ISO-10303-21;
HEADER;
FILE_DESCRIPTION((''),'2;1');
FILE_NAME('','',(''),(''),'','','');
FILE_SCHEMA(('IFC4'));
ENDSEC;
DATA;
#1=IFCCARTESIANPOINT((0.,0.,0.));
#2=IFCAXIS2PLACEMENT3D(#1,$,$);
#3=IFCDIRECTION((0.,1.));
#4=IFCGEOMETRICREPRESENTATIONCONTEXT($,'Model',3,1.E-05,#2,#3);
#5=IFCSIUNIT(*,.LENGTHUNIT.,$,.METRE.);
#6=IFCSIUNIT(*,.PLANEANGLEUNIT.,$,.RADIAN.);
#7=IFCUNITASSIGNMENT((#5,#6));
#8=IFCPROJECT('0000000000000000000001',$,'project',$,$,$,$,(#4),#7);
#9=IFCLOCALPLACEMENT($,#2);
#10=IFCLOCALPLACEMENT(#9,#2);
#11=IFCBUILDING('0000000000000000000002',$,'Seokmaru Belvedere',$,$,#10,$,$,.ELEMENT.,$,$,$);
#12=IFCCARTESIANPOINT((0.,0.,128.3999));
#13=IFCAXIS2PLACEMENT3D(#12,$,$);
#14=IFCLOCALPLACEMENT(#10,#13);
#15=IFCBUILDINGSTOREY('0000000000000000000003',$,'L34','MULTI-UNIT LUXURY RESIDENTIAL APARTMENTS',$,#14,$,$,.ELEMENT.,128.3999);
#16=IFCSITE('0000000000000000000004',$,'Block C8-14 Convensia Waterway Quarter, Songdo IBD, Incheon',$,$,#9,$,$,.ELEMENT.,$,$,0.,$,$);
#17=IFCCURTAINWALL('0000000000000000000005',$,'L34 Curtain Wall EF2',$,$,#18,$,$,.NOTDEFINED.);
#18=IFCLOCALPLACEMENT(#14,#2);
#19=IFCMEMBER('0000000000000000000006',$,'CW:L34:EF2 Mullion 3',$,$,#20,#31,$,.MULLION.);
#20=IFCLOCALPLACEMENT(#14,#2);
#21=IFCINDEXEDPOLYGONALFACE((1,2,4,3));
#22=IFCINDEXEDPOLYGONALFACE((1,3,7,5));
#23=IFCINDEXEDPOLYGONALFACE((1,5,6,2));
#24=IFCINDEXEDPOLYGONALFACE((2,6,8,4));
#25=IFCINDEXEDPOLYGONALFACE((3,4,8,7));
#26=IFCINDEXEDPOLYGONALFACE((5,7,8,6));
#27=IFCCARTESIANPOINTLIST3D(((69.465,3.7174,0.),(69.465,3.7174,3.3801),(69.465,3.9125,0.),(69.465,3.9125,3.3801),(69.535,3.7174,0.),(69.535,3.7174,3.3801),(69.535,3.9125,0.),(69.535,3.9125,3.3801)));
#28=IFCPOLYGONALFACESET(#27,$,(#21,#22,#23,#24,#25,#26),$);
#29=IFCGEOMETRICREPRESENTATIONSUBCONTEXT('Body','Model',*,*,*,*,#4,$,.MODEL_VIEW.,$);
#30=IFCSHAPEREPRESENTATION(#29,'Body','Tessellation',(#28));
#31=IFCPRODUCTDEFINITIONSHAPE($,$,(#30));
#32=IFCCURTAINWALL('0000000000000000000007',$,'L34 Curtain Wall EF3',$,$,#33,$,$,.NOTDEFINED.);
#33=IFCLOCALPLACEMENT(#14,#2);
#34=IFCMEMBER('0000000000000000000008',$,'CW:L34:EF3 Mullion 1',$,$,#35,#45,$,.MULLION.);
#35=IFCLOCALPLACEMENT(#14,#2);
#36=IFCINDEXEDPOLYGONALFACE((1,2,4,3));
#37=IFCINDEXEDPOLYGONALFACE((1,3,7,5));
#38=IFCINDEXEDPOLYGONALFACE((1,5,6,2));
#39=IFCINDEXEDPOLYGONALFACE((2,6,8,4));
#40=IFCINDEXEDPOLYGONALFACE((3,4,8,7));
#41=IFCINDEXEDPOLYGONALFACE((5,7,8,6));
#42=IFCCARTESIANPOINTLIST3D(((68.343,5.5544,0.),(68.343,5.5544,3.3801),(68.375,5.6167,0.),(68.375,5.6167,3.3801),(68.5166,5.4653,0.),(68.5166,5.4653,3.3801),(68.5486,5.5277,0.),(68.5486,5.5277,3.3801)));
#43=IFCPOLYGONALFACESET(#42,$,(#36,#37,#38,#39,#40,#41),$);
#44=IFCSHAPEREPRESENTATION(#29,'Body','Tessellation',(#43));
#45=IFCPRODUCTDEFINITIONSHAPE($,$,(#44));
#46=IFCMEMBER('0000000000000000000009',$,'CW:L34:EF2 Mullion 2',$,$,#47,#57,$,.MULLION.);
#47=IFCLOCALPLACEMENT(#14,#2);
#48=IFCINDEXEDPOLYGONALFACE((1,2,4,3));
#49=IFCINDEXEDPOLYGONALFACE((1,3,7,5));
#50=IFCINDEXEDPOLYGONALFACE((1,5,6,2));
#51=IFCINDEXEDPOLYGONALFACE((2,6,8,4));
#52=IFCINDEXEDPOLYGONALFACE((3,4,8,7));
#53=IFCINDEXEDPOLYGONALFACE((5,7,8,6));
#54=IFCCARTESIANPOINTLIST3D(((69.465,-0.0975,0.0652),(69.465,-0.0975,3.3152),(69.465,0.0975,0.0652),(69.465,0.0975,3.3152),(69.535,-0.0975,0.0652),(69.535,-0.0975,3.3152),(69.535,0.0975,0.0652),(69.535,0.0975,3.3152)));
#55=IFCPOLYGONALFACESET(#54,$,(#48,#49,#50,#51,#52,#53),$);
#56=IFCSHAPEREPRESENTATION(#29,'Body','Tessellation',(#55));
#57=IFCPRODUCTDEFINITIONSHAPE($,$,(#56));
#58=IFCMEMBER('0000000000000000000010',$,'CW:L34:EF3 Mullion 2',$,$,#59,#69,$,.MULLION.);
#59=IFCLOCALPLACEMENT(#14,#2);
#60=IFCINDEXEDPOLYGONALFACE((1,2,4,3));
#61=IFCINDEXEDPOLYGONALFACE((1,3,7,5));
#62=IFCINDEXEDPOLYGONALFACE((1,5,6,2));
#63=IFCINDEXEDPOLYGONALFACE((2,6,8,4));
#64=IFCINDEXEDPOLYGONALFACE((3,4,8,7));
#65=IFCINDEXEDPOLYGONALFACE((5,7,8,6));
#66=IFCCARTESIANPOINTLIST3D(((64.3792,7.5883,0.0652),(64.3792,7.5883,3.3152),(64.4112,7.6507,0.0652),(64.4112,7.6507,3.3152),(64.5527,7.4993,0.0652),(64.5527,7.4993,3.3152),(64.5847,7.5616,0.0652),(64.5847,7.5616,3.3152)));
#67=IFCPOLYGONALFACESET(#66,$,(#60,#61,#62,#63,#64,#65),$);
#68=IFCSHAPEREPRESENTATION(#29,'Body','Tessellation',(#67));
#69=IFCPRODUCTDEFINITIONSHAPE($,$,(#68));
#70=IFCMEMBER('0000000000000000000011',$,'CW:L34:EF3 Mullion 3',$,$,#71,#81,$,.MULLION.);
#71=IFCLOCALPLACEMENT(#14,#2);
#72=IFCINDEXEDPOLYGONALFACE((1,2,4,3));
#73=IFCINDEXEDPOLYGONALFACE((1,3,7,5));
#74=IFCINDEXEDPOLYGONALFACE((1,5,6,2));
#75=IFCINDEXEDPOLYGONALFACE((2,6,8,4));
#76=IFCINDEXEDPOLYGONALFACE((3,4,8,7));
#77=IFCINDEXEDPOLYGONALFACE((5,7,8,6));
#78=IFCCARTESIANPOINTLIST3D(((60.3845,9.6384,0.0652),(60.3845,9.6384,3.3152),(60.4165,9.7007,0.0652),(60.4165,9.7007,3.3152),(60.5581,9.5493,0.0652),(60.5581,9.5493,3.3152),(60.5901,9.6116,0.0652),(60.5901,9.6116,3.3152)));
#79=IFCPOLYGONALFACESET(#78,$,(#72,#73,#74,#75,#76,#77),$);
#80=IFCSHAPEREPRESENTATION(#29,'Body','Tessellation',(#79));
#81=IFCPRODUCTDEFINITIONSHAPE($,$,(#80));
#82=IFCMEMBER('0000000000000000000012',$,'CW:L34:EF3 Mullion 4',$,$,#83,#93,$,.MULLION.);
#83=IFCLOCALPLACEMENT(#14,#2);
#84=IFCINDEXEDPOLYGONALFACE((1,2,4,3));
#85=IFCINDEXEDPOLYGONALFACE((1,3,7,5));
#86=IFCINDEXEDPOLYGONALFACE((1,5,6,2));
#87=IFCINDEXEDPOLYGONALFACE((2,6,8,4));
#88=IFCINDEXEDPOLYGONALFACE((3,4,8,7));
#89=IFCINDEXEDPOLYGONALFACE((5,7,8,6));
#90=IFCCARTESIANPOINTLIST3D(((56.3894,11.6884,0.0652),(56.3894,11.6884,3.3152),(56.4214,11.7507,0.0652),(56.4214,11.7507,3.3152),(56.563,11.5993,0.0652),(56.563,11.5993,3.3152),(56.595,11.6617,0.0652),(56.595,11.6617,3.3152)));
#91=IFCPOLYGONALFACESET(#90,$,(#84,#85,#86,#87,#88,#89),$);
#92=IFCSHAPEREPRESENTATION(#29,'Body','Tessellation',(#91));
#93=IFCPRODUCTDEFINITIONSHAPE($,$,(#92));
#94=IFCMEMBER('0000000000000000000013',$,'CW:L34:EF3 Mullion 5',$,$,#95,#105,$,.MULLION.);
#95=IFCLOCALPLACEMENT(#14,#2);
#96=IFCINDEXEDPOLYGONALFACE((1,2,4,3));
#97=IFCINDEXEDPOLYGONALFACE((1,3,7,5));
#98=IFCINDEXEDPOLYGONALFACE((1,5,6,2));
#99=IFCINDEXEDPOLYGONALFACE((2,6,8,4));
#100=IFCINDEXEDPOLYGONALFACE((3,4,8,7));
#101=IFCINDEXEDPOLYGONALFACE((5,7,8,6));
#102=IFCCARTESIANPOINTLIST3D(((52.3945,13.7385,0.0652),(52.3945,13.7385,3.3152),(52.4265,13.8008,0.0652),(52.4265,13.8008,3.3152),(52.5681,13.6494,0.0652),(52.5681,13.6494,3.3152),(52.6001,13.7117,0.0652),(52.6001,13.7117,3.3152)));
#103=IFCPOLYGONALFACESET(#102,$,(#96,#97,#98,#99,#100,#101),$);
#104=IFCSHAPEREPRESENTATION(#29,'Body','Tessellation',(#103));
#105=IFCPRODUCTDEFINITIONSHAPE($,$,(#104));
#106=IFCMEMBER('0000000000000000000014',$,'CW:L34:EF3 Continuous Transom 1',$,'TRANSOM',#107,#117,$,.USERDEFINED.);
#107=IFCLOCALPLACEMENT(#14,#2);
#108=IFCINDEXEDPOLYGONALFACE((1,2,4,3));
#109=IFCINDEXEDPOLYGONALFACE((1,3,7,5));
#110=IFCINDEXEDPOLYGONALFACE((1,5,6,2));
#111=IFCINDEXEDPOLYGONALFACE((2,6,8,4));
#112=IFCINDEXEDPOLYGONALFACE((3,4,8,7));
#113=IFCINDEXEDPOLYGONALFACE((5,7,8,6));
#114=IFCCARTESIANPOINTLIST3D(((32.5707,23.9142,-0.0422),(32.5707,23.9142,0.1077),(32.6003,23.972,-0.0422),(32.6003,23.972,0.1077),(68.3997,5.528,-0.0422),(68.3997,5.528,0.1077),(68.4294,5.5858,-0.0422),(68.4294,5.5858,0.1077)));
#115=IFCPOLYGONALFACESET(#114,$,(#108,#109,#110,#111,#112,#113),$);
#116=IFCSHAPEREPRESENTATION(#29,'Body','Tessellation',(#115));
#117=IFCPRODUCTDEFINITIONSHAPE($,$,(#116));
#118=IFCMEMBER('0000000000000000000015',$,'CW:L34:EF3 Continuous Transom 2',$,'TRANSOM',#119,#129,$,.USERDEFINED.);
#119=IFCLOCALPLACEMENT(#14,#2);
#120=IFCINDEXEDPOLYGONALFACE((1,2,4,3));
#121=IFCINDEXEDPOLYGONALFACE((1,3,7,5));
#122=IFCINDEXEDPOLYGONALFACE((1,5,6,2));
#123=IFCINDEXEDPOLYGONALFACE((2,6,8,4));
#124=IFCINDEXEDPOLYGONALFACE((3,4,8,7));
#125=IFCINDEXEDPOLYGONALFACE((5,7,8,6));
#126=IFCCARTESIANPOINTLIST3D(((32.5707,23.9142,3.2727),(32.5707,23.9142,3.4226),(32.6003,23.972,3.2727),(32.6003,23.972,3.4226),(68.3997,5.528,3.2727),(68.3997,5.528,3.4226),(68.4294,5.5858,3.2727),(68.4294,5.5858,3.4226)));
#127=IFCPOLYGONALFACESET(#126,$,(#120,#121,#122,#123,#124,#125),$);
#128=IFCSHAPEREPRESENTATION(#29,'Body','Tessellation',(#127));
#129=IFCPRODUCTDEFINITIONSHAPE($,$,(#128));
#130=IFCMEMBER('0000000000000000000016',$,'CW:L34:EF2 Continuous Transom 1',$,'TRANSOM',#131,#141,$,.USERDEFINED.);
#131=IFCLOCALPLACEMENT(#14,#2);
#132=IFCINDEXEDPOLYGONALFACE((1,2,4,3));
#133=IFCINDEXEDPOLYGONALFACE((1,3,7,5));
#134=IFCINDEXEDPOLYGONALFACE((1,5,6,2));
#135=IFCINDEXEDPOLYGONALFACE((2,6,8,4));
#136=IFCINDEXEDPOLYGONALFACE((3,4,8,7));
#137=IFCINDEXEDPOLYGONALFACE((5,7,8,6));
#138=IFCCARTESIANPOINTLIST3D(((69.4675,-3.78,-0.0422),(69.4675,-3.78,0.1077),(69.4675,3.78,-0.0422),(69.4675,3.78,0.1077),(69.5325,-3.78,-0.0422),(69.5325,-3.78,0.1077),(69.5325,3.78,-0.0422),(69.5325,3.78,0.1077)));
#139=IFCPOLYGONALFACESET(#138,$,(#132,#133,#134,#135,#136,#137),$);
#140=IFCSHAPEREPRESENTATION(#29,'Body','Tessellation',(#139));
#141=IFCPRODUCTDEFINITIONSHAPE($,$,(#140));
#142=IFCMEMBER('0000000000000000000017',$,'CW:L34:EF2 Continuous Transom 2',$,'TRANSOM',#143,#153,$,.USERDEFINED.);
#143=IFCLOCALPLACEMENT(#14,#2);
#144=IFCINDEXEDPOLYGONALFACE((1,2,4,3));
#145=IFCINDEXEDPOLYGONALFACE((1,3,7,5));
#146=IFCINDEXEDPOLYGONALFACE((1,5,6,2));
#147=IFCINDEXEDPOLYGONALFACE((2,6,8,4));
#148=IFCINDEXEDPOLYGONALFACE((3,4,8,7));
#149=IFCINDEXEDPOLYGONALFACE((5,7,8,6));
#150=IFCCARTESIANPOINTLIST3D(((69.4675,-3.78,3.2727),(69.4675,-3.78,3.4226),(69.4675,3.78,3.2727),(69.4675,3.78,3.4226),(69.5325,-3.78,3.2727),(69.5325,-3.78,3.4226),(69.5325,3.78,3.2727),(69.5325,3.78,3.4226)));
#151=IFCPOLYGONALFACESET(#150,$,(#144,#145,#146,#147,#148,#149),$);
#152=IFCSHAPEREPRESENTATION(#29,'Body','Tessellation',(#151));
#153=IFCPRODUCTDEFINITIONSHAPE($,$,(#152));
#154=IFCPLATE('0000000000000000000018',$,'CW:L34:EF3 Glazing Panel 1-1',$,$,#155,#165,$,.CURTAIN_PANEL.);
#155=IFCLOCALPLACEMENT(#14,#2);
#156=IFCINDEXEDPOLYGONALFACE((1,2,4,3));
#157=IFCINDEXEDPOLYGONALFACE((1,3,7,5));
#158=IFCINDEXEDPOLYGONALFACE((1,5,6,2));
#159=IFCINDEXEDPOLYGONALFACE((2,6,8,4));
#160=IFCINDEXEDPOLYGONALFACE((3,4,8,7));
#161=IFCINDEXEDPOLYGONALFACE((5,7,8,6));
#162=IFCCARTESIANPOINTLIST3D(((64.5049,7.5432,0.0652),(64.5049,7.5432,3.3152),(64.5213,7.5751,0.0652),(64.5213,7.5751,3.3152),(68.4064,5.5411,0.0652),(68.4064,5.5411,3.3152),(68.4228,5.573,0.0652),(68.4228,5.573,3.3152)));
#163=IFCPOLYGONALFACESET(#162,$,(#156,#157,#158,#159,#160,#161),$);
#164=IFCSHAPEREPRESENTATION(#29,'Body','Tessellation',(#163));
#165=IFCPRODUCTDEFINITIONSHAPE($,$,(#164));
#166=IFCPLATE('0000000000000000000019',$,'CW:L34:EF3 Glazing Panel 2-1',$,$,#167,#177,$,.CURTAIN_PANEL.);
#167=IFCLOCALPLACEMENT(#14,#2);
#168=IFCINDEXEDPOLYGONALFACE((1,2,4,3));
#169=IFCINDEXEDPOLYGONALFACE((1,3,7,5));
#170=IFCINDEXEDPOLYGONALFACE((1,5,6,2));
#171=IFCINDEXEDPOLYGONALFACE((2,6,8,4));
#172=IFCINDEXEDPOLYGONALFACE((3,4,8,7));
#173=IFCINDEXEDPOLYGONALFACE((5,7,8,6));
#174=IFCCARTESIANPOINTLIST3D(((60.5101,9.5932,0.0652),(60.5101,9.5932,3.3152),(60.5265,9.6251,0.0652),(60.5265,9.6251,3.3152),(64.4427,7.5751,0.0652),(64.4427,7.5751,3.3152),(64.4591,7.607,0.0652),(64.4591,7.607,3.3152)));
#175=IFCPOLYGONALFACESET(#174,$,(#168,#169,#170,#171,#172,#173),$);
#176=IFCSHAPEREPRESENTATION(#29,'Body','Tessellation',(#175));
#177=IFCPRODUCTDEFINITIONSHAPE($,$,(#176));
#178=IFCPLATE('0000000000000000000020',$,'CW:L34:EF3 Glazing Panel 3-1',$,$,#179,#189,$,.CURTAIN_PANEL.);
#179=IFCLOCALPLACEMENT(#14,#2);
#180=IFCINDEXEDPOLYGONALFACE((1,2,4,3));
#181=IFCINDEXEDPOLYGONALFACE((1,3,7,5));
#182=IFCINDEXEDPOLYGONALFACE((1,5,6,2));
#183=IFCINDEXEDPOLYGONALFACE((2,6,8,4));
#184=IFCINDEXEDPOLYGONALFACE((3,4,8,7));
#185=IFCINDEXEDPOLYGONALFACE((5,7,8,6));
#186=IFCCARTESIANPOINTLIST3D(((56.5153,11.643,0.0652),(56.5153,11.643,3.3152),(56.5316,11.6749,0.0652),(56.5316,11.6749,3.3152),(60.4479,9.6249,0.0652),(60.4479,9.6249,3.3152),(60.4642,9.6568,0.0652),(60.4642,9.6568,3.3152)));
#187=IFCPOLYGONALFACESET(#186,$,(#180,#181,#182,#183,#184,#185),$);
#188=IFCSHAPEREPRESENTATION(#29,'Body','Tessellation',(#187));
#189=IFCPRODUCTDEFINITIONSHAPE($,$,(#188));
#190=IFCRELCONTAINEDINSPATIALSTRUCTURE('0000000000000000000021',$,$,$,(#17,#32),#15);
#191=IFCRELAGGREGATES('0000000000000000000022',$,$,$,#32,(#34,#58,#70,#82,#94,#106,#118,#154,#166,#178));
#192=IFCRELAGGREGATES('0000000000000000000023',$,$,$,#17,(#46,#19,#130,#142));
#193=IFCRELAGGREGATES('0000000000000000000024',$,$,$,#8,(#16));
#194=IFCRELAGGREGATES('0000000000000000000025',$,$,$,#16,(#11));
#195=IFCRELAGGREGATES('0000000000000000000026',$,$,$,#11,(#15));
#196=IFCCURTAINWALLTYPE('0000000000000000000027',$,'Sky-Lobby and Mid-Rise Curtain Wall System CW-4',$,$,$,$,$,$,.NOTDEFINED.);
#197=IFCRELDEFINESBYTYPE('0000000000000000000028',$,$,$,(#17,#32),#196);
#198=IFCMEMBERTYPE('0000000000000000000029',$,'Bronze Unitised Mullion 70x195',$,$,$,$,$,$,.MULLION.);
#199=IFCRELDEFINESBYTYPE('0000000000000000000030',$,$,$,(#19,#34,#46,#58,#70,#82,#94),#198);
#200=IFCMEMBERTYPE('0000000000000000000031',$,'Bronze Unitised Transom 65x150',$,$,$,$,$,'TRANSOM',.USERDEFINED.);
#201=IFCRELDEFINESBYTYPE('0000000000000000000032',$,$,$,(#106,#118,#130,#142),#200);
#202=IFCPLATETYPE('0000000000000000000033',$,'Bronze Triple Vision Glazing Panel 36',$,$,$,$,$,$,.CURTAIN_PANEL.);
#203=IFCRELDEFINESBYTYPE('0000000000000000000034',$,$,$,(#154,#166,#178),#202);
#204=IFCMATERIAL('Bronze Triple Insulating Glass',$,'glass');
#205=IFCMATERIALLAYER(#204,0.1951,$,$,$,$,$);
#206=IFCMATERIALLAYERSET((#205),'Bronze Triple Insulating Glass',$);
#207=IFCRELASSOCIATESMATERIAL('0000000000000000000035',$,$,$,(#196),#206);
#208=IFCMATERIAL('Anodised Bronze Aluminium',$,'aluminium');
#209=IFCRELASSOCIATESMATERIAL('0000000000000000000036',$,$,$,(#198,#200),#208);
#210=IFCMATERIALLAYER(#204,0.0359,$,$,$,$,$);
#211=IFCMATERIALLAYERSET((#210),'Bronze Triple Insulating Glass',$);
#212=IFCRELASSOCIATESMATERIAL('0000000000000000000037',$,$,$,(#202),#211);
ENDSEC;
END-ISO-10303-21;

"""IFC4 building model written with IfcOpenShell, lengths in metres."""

from ifc_helpers import new_model, si_unit, direction, frame, origin, origin_2d, place, context, subcontext, project, spatial, rectangle, extrude, source, transform, mapped, material, layer, layer_set, material_profile, profile_set, type_object, type_shapes, element, aggregate, save


model = new_model("IFC4")

# Units and contexts
model_context = context("Model", 3, precision=1e-05, world=origin(), true_north=direction((0.0, 1.0)))
body_context = subcontext(model_context, "Body", "Model", "MODEL_VIEW")
ifc_project = project(units=[si_unit("LENGTHUNIT", "METRE"), si_unit("PLANEANGLEUNIT", "RADIAN")], contexts=[model_context])

# Site, building, storey
site_placement = place(None, origin())
site = spatial("IfcSite", under=ifc_project, at=site_placement, Name="Block C8-14 Convensia Waterway Quarter, Songdo IBD, Incheon", CompositionType="ELEMENT", RefElevation=0.0)
building_placement = place(site_placement, origin())
building = spatial("IfcBuilding", under=site, at=building_placement, Name="Seokmaru Belvedere", CompositionType="ELEMENT")
storey_placement = place(building_placement, frame((0.0, 0.0, 128.3999)))
storey = spatial("IfcBuildingStorey", under=building, at=storey_placement, Name="L34", Description="MULTI-UNIT LUXURY RESIDENTIAL APARTMENTS", CompositionType="ELEMENT", Elevation=128.3999)

# Curtain wall, member
ifc_material_1 = material(Name="Bronze Triple Insulating Glass", Category="glass")
ifc_layer_1 = layer(ifc_material_1, 0.1951)
ifc_layer_set_1 = layer_set([ifc_layer_1], Name="Bronze Triple Insulating Glass")
curtain_wall_type = type_object("IfcCurtainWallType", Name="Sky-Lobby and Mid-Rise Curtain Wall System CW-4", PredefinedType="NOTDEFINED", material=ifc_layer_set_1)
curtain_wall_1_placement = place(storey_placement, origin())
curtain_wall_1 = element("IfcCurtainWall", 1, at=curtain_wall_1_placement, inside=storey, type_object=curtain_wall_type, Name="L34 Curtain Wall EF2", PredefinedType="NOTDEFINED")
ifc_material_2 = material(Name="Anodised Bronze Aluminium", Category="aluminium")
ifc_material_profile_1 = material_profile(ifc_material_2, rectangle(XDim=0.0701, YDim=0.1951, at=origin_2d()), Name="CW-M-70x195")
ifc_profile_set_1 = profile_set([ifc_material_profile_1], Name="Anodised Bronze Aluminium")
member_type_1 = type_object("IfcMemberType", Name="Bronze Unitised Mullion 70x195", PredefinedType="MULLION", material=ifc_profile_set_1)
shared_shape_1 = source(origin(), body_context, "Body", "SweptSolid", [
    extrude(rectangle(XDim=0.0701, YDim=0.1951, at=origin_2d()), origin(), (0.0, 0.0, 1.0), 3.3801),
])
member_1_placement = place(storey_placement, frame((69.5, 3.8149, 0.0), z_axis=(0.0, 0.0, 1.0), x_axis=(-1.0, 0.0, 0.0)))
member_1 = element("IfcMember", 2, at=member_1_placement, type_object=member_type_1, Name="CW:L34:EF2 Mullion 3", PredefinedType="MULLION", context=body_context, shape_type="MappedRepresentation", body=[
    mapped(shared_shape_1, transform((0.0, 0.0, 0.0), scale=1.0)),
])

# Curtain wall, member
curtain_wall_2_placement = place(storey_placement, origin())
curtain_wall_2 = element("IfcCurtainWall", 3, at=curtain_wall_2_placement, inside=storey, type_object=curtain_wall_type, Name="L34 Curtain Wall EF3", PredefinedType="NOTDEFINED")
member_2_placement = place(storey_placement, frame((68.4458, 5.541, 0.0), z_axis=(0.0, 0.0, 1.0), x_axis=(-0.456555, -0.889695, 0.0)))
member_2 = element("IfcMember", 4, at=member_2_placement, type_object=member_type_1, Name="CW:L34:EF3 Mullion 1", PredefinedType="MULLION", context=body_context, shape_type="MappedRepresentation", body=[
    mapped(shared_shape_1, transform((0.0, 0.0, 0.0), scale=1.0)),
])

# Members
shared_shape_2 = source(origin(), body_context, "Body", "SweptSolid", [
    extrude(rectangle(XDim=0.0701, YDim=0.1951, at=origin_2d()), origin(), (0.0, 0.0, 1.0), 3.25),
])
type_shapes(member_type_1, [shared_shape_1, shared_shape_2])
member_3_placement = place(storey_placement, frame((69.5, 0.0, 0.0652), z_axis=(0.0, 0.0, 1.0), x_axis=(-1.0, 0.0, 0.0)))
member_3 = element("IfcMember", 5, at=member_3_placement, type_object=member_type_1, Name="CW:L34:EF2 Mullion 2", PredefinedType="MULLION", context=body_context, shape_type="MappedRepresentation", body=[
    mapped(shared_shape_2, transform((0.0, 0.0, 0.0), scale=1.0)),
])
member_4_placement = place(storey_placement, frame((64.4819, 7.575, 0.0652), z_axis=(0.0, 0.0, 1.0), x_axis=(-0.456555, -0.889695, 0.0)))
member_4 = element("IfcMember", 6, at=member_4_placement, type_object=member_type_1, Name="CW:L34:EF3 Mullion 2", PredefinedType="MULLION", context=body_context, shape_type="MappedRepresentation", body=[
    mapped(shared_shape_2, transform((0.0, 0.0, 0.0), scale=1.0)),
])
member_5_placement = place(storey_placement, frame((60.4873, 9.625, 0.0652), z_axis=(0.0, 0.0, 1.0), x_axis=(-0.456555, -0.889695, 0.0)))
member_5 = element("IfcMember", 7, at=member_5_placement, type_object=member_type_1, Name="CW:L34:EF3 Mullion 3", PredefinedType="MULLION", context=body_context, shape_type="MappedRepresentation", body=[
    mapped(shared_shape_2, transform((0.0, 0.0, 0.0), scale=1.0)),
])
member_6_placement = place(storey_placement, frame((56.4922, 11.675, 0.0652), z_axis=(0.0, 0.0, 1.0), x_axis=(-0.456555, -0.889695, 0.0)))
member_6 = element("IfcMember", 8, at=member_6_placement, type_object=member_type_1, Name="CW:L34:EF3 Mullion 4", PredefinedType="MULLION", context=body_context, shape_type="MappedRepresentation", body=[
    mapped(shared_shape_2, transform((0.0, 0.0, 0.0), scale=1.0)),
])
member_7_placement = place(storey_placement, frame((52.4973, 13.7251, 0.0652), z_axis=(0.0, 0.0, 1.0), x_axis=(-0.456555, -0.889695, 0.0)))
member_7 = element("IfcMember", 9, at=member_7_placement, type_object=member_type_1, Name="CW:L34:EF3 Mullion 5", PredefinedType="MULLION", context=body_context, shape_type="MappedRepresentation", body=[
    mapped(shared_shape_2, transform((0.0, 0.0, 0.0), scale=1.0)),
])
ifc_material_profile_2 = material_profile(ifc_material_2, rectangle(XDim=0.0649, YDim=0.1499, at=origin_2d()), Name="CW-T-65x150")
ifc_profile_set_2 = profile_set([ifc_material_profile_2], Name="Anodised Bronze Aluminium")
member_type_2 = type_object("IfcMemberType", Name="Bronze Unitised Transom 65x150", ElementType="TRANSOM", PredefinedType="USERDEFINED", material=ifc_profile_set_2)
shared_shape_3 = source(origin(), body_context, "Body", "SweptSolid", [
    extrude(rectangle(XDim=0.0649, YDim=0.1499, at=origin_2d()), origin(), (0.0, 0.0, 1.0), 40.2712),
])
member_8_placement = place(storey_placement, frame((68.4146, 5.5569, 0.0327), z_axis=(-0.889693, 0.456559, 0.0), x_axis=(-0.456559, -0.889693, 0.0)))
member_8 = element("IfcMember", 10, at=member_8_placement, type_object=member_type_2, Name="CW:L34:EF3 Continuous Transom 1", ObjectType="TRANSOM", PredefinedType="USERDEFINED", context=body_context, shape_type="MappedRepresentation", body=[
    mapped(shared_shape_3, transform((0.0, 0.0, 0.0), scale=1.0)),
])
member_9_placement = place(storey_placement, frame((68.4146, 5.5569, 3.3477), z_axis=(-0.889693, 0.456559, 0.0), x_axis=(-0.456559, -0.889693, 0.0)))
member_9 = element("IfcMember", 11, at=member_9_placement, type_object=member_type_2, Name="CW:L34:EF3 Continuous Transom 2", ObjectType="TRANSOM", PredefinedType="USERDEFINED", context=body_context, shape_type="MappedRepresentation", body=[
    mapped(shared_shape_3, transform((0.0, 0.0, 0.0), scale=1.0)),
])
shared_shape_4 = source(origin(), body_context, "Body", "SweptSolid", [
    extrude(rectangle(XDim=0.0649, YDim=0.1499, at=origin_2d()), origin(), (0.0, 0.0, 1.0), 7.5601),
])
type_shapes(member_type_2, [shared_shape_3, shared_shape_4])
member_10_placement = place(storey_placement, frame((69.5, -3.78, 0.0327), z_axis=(0.0, 1.0, 0.0), x_axis=(-1.0, 0.0, 0.0)))
member_10 = element("IfcMember", 12, at=member_10_placement, type_object=member_type_2, Name="CW:L34:EF2 Continuous Transom 1", ObjectType="TRANSOM", PredefinedType="USERDEFINED", context=body_context, shape_type="MappedRepresentation", body=[
    mapped(shared_shape_4, transform((0.0, 0.0, 0.0), scale=1.0)),
])
member_11_placement = place(storey_placement, frame((69.5, -3.78, 3.3477), z_axis=(0.0, 1.0, 0.0), x_axis=(-1.0, 0.0, 0.0)))
member_11 = element("IfcMember", 13, at=member_11_placement, type_object=member_type_2, Name="CW:L34:EF2 Continuous Transom 2", ObjectType="TRANSOM", PredefinedType="USERDEFINED", context=body_context, shape_type="MappedRepresentation", body=[
    mapped(shared_shape_4, transform((0.0, 0.0, 0.0), scale=1.0)),
])

# Plates
ifc_layer_2 = layer(ifc_material_1, 0.0359)
ifc_layer_set_2 = layer_set([ifc_layer_2], Name="Bronze Triple Insulating Glass")
plate_type = type_object("IfcPlateType", Name="Bronze Triple Vision Glazing Panel 36", PredefinedType="CURTAIN_PANEL", material=ifc_layer_set_2)
shared_shape_5 = source(origin(), body_context, "Body", "SweptSolid", [
    extrude(rectangle(XDim=4.3853, YDim=0.0359, at=origin_2d()), origin(), (0.0, 0.0, 1.0), 3.25),
])
plate_1_placement = place(storey_placement, frame((66.4639, 6.5581, 0.0652), z_axis=(0.0, 0.0, 1.0), x_axis=(-0.889695, 0.456555, 0.0)))
plate_1 = element("IfcPlate", 14, at=plate_1_placement, type_object=plate_type, Name="CW:L34:EF3 Glazing Panel 1-1", PredefinedType="CURTAIN_PANEL", context=body_context, shape_type="MappedRepresentation", body=[
    mapped(shared_shape_5, transform((0.0, 0.0, 0.0), scale=1.0)),
])
shared_shape_6 = source(origin(), body_context, "Body", "SweptSolid", [
    extrude(rectangle(XDim=4.4202, YDim=0.0359, at=origin_2d()), origin(), (0.0, 0.0, 1.0), 3.25),
])
plate_2_placement = place(storey_placement, frame((62.4846, 8.6001, 0.0652), z_axis=(0.0, 0.0, 1.0), x_axis=(-0.889695, 0.456555, 0.0)))
plate_2 = element("IfcPlate", 15, at=plate_2_placement, type_object=plate_type, Name="CW:L34:EF3 Glazing Panel 2-1", PredefinedType="CURTAIN_PANEL", context=body_context, shape_type="MappedRepresentation", body=[
    mapped(shared_shape_6, transform((0.0, 0.0, 0.0), scale=1.0)),
])
plate_3_placement = place(storey_placement, frame((58.4897, 10.6499, 0.0652), z_axis=(0.0, 0.0, 1.0), x_axis=(-0.889695, 0.456555, 0.0)))
plate_3 = element("IfcPlate", 16, at=plate_3_placement, type_object=plate_type, Name="CW:L34:EF3 Glazing Panel 3-1", PredefinedType="CURTAIN_PANEL", context=body_context, shape_type="MappedRepresentation", body=[
    mapped(shared_shape_6, transform((0.0, 0.0, 0.0), scale=1.0)),
])
aggregate(curtain_wall_2, [member_2, member_4, member_5, member_6, member_7, member_8, member_9, plate_1, plate_2, plate_3])
aggregate(curtain_wall_1, [member_3, member_1, member_10, member_11])

save(model, "model.ifc")
